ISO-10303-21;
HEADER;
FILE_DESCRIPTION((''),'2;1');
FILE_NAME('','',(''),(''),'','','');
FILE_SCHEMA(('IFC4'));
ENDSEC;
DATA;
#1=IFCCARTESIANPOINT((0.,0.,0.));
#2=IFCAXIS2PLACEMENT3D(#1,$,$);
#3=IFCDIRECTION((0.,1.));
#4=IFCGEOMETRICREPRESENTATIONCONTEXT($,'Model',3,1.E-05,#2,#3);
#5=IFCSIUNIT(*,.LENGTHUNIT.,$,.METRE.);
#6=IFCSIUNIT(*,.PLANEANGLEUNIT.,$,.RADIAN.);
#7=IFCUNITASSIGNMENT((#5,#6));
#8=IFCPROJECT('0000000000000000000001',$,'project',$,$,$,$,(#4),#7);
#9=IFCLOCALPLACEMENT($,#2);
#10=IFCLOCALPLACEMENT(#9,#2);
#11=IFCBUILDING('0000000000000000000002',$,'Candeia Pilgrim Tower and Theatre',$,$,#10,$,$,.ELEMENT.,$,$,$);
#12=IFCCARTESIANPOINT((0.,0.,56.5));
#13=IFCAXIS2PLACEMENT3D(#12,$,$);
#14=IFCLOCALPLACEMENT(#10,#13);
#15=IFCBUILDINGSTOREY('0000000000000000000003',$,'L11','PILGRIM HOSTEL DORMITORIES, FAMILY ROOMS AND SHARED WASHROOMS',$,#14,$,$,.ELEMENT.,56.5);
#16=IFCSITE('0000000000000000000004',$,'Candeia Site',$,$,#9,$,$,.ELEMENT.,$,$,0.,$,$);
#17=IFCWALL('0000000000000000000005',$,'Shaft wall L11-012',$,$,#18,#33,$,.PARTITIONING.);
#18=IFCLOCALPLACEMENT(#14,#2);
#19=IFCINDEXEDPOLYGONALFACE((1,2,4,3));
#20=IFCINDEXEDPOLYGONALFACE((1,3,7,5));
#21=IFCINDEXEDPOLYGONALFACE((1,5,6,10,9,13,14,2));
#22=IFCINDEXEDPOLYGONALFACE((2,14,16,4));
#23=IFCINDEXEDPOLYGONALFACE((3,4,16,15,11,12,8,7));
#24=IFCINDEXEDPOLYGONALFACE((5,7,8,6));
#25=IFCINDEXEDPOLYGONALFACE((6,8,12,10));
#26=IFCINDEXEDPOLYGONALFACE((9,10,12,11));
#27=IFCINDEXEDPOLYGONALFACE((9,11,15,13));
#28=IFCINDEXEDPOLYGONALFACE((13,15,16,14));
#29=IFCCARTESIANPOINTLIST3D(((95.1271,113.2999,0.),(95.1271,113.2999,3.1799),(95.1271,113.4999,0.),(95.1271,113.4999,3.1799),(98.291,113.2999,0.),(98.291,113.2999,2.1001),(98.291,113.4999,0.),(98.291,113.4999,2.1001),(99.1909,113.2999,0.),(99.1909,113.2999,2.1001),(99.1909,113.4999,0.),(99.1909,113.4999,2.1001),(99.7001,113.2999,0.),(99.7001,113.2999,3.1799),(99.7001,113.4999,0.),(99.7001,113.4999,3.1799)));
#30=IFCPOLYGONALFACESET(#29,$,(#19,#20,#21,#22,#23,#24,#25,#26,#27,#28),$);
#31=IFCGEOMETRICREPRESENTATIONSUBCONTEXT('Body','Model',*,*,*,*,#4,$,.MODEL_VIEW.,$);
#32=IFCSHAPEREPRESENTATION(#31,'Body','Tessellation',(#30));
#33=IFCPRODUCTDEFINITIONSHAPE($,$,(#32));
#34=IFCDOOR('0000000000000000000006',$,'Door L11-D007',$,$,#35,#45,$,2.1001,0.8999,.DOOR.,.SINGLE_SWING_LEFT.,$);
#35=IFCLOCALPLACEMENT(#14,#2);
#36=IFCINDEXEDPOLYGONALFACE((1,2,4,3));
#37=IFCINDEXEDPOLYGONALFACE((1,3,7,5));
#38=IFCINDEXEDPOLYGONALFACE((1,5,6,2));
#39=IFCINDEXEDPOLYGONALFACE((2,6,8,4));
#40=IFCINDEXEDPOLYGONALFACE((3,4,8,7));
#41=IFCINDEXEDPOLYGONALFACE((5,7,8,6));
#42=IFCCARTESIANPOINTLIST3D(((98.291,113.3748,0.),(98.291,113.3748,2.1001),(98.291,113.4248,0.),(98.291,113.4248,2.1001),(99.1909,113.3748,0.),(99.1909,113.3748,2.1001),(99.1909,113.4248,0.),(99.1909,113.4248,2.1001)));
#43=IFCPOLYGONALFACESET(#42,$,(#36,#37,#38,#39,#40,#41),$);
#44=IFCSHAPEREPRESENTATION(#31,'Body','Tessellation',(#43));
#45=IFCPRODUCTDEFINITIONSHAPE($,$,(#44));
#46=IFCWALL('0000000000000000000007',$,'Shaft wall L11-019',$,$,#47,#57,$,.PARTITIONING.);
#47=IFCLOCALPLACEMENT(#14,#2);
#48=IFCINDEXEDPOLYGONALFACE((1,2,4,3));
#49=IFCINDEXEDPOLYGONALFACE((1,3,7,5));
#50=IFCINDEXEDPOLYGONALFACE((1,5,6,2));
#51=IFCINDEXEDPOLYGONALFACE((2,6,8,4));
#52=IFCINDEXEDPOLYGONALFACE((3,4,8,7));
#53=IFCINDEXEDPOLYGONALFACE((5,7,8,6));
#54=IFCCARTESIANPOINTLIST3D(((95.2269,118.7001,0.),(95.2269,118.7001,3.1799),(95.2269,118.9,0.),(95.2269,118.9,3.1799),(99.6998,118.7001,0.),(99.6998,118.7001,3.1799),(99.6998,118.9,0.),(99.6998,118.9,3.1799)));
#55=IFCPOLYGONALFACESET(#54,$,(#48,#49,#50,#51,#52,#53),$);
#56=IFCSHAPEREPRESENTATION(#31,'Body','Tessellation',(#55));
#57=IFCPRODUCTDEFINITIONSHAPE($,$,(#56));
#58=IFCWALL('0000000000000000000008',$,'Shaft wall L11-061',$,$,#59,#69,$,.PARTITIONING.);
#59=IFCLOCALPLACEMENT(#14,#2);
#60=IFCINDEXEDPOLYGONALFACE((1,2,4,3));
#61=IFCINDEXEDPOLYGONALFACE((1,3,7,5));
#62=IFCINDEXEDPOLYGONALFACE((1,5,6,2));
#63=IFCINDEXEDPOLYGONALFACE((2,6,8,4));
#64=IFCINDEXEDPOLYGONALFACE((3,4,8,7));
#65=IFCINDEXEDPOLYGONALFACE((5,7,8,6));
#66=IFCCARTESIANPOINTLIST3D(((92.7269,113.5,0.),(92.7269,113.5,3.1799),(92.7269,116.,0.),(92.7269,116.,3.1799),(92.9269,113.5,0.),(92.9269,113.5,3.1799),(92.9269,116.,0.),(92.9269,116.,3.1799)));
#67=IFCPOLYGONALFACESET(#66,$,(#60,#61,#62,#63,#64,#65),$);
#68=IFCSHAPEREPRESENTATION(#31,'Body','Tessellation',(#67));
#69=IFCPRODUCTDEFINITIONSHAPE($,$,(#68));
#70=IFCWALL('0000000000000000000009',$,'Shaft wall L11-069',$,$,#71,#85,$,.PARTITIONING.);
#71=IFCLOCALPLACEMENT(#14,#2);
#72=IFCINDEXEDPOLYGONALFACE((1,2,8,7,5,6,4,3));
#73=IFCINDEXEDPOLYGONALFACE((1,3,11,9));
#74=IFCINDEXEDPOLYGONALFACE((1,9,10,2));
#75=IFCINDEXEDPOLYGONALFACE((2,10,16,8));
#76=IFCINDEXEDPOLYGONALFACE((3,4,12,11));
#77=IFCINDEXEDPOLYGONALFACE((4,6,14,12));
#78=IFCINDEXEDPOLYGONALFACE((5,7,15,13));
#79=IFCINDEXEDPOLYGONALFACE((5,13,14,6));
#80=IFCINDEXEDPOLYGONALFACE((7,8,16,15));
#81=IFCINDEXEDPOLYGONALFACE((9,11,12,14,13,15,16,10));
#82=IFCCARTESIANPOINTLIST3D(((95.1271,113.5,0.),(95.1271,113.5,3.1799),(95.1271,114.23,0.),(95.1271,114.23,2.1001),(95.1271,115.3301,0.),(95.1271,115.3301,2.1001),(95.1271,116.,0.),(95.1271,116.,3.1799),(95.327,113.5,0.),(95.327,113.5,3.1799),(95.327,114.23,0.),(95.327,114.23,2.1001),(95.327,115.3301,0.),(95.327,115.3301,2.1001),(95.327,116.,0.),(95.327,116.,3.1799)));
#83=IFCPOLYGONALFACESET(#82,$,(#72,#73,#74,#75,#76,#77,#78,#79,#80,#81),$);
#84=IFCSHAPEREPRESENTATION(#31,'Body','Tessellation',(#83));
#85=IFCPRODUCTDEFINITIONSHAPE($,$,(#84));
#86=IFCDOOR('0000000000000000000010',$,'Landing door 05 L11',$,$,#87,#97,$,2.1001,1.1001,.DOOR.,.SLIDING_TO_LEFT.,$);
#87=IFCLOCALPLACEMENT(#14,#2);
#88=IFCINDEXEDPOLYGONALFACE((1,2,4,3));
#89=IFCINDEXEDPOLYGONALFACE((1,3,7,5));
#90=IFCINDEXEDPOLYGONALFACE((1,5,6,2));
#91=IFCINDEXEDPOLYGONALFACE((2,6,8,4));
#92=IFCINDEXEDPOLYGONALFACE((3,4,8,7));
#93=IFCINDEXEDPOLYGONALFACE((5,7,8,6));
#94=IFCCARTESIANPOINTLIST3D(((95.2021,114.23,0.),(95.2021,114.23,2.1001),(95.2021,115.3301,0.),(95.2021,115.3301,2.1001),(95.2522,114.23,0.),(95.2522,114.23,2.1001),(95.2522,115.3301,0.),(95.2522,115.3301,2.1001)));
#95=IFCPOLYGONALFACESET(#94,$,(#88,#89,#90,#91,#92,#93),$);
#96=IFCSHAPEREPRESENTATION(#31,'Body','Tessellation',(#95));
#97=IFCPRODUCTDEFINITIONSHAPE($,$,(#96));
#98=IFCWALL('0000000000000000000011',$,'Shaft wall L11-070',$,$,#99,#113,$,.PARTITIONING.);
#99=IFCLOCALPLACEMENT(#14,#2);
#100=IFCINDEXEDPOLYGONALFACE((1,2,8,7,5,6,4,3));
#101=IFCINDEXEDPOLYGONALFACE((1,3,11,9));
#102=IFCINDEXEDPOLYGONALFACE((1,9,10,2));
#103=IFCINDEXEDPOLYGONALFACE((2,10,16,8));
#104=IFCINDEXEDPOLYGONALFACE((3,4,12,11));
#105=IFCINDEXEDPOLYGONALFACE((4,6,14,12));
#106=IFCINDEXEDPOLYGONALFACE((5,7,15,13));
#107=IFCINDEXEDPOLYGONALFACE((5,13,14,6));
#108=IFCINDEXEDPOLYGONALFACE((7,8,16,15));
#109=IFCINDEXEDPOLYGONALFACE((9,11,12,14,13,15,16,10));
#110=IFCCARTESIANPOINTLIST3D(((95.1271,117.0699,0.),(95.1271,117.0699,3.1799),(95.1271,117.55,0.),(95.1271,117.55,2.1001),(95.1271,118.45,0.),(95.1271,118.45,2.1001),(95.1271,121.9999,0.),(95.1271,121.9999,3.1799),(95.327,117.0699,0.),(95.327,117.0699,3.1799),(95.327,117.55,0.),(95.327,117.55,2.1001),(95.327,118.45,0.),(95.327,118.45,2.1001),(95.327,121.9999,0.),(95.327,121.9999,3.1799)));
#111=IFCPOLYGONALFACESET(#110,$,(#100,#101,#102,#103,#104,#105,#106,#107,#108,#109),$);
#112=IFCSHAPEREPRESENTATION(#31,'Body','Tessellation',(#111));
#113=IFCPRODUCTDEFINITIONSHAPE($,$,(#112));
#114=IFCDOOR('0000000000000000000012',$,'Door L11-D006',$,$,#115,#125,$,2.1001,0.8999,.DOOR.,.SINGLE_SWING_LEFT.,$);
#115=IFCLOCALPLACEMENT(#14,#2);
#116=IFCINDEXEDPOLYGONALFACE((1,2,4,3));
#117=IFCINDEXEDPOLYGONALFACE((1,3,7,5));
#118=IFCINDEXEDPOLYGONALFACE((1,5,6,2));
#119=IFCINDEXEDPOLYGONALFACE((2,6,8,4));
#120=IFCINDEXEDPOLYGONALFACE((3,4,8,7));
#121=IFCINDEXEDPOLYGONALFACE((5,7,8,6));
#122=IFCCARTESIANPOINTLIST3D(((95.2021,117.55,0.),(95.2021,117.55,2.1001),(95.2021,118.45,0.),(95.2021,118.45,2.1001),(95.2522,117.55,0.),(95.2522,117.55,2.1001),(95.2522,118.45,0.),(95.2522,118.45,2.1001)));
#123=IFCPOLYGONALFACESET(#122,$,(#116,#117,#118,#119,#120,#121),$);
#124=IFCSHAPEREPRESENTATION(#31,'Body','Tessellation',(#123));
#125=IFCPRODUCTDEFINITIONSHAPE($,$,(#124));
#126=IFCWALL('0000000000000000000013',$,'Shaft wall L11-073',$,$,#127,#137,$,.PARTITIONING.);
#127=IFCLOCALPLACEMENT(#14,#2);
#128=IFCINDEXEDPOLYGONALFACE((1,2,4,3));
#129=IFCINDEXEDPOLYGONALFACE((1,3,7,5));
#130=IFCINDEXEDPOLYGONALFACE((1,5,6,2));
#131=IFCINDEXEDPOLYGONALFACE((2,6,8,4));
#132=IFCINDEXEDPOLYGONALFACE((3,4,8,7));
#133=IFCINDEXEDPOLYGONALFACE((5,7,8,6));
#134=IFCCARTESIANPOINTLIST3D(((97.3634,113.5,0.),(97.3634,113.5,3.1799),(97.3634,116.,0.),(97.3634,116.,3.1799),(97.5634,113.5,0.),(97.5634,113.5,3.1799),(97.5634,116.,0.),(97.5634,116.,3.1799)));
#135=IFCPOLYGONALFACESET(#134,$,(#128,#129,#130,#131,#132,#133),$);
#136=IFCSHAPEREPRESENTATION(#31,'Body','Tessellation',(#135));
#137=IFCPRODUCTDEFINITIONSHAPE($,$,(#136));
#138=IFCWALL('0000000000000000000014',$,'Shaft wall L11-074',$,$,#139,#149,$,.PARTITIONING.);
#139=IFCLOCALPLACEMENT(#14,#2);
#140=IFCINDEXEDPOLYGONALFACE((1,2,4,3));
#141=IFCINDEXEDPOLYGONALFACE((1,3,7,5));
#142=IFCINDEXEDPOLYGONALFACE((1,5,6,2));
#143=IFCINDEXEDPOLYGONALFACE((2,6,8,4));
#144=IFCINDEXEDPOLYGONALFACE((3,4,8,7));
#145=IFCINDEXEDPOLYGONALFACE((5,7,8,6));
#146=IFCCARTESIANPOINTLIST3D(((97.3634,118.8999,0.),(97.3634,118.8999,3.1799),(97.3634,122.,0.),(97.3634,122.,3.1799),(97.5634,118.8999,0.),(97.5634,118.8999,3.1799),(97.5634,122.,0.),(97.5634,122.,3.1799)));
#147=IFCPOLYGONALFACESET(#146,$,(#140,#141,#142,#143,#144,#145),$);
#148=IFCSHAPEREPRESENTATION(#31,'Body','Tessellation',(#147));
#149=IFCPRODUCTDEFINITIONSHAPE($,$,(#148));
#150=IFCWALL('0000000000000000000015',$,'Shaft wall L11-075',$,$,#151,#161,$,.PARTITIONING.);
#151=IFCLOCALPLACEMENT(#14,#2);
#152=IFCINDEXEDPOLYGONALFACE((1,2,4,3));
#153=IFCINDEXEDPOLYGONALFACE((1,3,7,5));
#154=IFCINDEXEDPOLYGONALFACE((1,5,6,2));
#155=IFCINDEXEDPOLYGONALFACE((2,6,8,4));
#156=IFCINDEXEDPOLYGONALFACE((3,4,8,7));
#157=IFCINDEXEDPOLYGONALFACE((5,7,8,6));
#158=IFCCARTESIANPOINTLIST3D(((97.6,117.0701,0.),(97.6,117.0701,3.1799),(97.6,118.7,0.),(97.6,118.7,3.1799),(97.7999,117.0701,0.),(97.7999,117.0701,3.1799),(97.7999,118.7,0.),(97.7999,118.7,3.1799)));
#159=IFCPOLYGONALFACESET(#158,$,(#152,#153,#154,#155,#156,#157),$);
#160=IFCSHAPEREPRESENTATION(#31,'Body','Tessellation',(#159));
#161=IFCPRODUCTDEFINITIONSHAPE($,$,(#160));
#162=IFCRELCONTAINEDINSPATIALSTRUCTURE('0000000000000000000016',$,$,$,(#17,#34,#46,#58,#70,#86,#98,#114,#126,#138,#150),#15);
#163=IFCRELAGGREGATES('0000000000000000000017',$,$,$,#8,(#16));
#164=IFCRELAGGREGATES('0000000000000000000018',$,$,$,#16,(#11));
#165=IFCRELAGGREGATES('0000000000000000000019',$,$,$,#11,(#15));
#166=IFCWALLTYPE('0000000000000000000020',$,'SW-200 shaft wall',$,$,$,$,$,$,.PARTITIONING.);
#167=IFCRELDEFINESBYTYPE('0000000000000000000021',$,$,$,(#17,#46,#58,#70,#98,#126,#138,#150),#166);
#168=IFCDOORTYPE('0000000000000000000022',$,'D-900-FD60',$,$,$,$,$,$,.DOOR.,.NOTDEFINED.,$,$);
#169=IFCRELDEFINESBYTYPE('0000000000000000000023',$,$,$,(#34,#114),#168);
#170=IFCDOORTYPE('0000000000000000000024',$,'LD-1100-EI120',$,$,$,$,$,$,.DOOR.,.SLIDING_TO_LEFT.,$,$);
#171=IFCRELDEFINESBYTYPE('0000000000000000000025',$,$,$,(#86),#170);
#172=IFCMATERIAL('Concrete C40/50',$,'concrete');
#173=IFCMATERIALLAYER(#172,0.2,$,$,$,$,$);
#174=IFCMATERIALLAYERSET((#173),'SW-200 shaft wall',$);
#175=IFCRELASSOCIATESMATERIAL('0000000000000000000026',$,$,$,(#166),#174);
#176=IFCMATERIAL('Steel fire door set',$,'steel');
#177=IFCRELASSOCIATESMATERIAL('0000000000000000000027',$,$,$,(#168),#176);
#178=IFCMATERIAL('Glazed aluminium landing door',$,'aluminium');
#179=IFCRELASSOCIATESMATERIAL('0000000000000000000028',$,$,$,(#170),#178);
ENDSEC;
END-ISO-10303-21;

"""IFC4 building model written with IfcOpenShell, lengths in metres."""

from ifc_helpers import new_model, si_unit, direction, frame, frame_2d, origin, place, context, subcontext, project, spatial, rectangle, extrude, material, layer, layer_set, type_object, element, fill, save


model = new_model("IFC4")

# Units and contexts
model_context = context("Model", 3, precision=1e-05, world=origin(), true_north=direction((0.0, 1.0)))
body_context = subcontext(model_context, "Body", "Model", "MODEL_VIEW")
ifc_project = project(units=[si_unit("LENGTHUNIT", "METRE"), si_unit("PLANEANGLEUNIT", "RADIAN")], contexts=[model_context])

# Site, building, storey
site_placement = place(None, origin())
site = spatial("IfcSite", under=ifc_project, at=site_placement, Name="Candeia Site", CompositionType="ELEMENT", RefElevation=0.0)
building_placement = place(site_placement, origin())
building = spatial("IfcBuilding", under=site, at=building_placement, Name="Candeia Pilgrim Tower and Theatre", CompositionType="ELEMENT")
storey_placement = place(building_placement, frame((0.0, 0.0, 56.5)))
storey = spatial("IfcBuildingStorey", under=building, at=storey_placement, Name="L11", Description="PILGRIM HOSTEL DORMITORIES, FAMILY ROOMS AND SHARED WASHROOMS", CompositionType="ELEMENT", Elevation=56.5)

# Shared definitions
ifc_material_1 = material(Name="Steel fire door set", Category="steel")

# Wall, opening, door
ifc_material_2 = material(Name="Concrete C40/50", Category="concrete")
ifc_layer_1 = layer(ifc_material_2, 0.2)
ifc_layer_set_1 = layer_set([ifc_layer_1], Name="SW-200 shaft wall")
wall_type_1 = type_object("IfcWallType", Name="SW-200 shaft wall", PredefinedType="PARTITIONING", material=ifc_layer_set_1)
wall_1_placement = place(storey_placement, frame((95.127, 113.3999, 0.0), z_axis=(0.0, 0.0, 1.0), x_axis=(1.0, 0.0, 0.0)))
wall_1 = element("IfcWall", 1, at=wall_1_placement, inside=storey, type_object=wall_type_1, Name="Shaft wall L11-012", PredefinedType="PARTITIONING", context=body_context, shape_type="SweptSolid", body=[
    extrude(rectangle(XDim=4.573, YDim=0.2, at=frame_2d((2.2866, 0.0))), origin(), (0.0, 0.0, 1.0), 3.1799),
])
opening_1_placement = place(wall_1_placement, frame((3.1641, 0.0, 0.0)))
opening_1 = element("IfcOpeningElement", 2, at=opening_1_placement, cuts=wall_1, PredefinedType="OPENING", context=body_context, shape_type="SweptSolid", body=[
    extrude(rectangle(XDim=0.8999, YDim=2.1001, at=frame_2d((0.45, 1.05))), frame((0.0, 0.1099, 0.0), z_axis=(0.0, -1.0, 0.0), x_axis=(1.0, 0.0, 0.0)), (0.0, 0.0, 1.0), 0.22),
])
door_type_1 = type_object("IfcDoorType", Name="D-900-FD60", OperationType="NOTDEFINED", PredefinedType="DOOR", material=ifc_material_1)
door_1_placement = place(opening_1_placement, origin())
door_1 = element("IfcDoor", 3, at=door_1_placement, inside=storey, type_object=door_type_1, Name="Door L11-D007", OperationType="SINGLE_SWING_LEFT", OverallHeight=2.1001, OverallWidth=0.8999, PredefinedType="DOOR", context=body_context, shape_type="SweptSolid", body=[
    extrude(rectangle(XDim=0.8999, YDim=2.1001, at=frame_2d((0.45, 1.05))), frame((0.0, 0.0249, 0.0), z_axis=(0.0, -1.0, 0.0), x_axis=(1.0, 0.0, 0.0)), (0.0, 0.0, 1.0), 0.05),
])
fill(opening_1, door_1)

# Walls
wall_2_placement = place(storey_placement, frame((95.2271, 118.8, 0.0), z_axis=(0.0, 0.0, 1.0), x_axis=(1.0, 0.0, 0.0)))
element("IfcWall", 4, at=wall_2_placement, inside=storey, type_object=wall_type_1, Name="Shaft wall L11-019", PredefinedType="PARTITIONING", context=body_context, shape_type="SweptSolid", body=[
    extrude(rectangle(XDim=4.4729, YDim=0.2, at=frame_2d((2.2363, 0.0))), origin(), (0.0, 0.0, 1.0), 3.1799),
])
wall_3_placement = place(storey_placement, frame((92.8269, 113.5, 0.0), z_axis=(0.0, 0.0, 1.0), x_axis=(0.0, 1.0, 0.0)))
element("IfcWall", 5, at=wall_3_placement, inside=storey, type_object=wall_type_1, Name="Shaft wall L11-061", PredefinedType="PARTITIONING", context=body_context, shape_type="SweptSolid", body=[
    extrude(rectangle(XDim=2.5, YDim=0.2, at=frame_2d((1.25, 0.0))), origin(), (0.0, 0.0, 1.0), 3.1799),
])

# Walls, openings, doors
wall_4_placement = place(storey_placement, frame((95.2271, 113.5, 0.0), z_axis=(0.0, 0.0, 1.0), x_axis=(0.0, 1.0, 0.0)))
wall_4 = element("IfcWall", 6, at=wall_4_placement, inside=storey, type_object=wall_type_1, Name="Shaft wall L11-069", PredefinedType="PARTITIONING", context=body_context, shape_type="SweptSolid", body=[
    extrude(rectangle(XDim=2.5, YDim=0.2, at=frame_2d((1.25, 0.0))), origin(), (0.0, 0.0, 1.0), 3.1799),
])
opening_2_placement = place(wall_4_placement, frame((0.73, 0.0, 0.0)))
opening_2 = element("IfcOpeningElement", 7, at=opening_2_placement, cuts=wall_4, PredefinedType="OPENING", context=body_context, shape_type="SweptSolid", body=[
    extrude(rectangle(XDim=1.1001, YDim=2.1001, at=frame_2d((0.55, 1.05))), frame((0.0, 0.1099, 0.0), z_axis=(0.0, -1.0, 0.0), x_axis=(1.0, 0.0, 0.0)), (0.0, 0.0, 1.0), 0.22),
])
ifc_material_3 = material(Name="Glazed aluminium landing door", Category="aluminium")
door_type_2 = type_object("IfcDoorType", Name="LD-1100-EI120", OperationType="SLIDING_TO_LEFT", PredefinedType="DOOR", material=ifc_material_3)
door_2_placement = place(opening_2_placement, origin())
door_2 = element("IfcDoor", 8, at=door_2_placement, inside=storey, type_object=door_type_2, Name="Landing door 05 L11", OperationType="SLIDING_TO_LEFT", OverallHeight=2.1001, OverallWidth=1.1001, PredefinedType="DOOR", context=body_context, shape_type="SweptSolid", body=[
    extrude(rectangle(XDim=1.1001, YDim=2.1001, at=frame_2d((0.55, 1.05))), frame((0.0, 0.0249, 0.0), z_axis=(0.0, -1.0, 0.0), x_axis=(1.0, 0.0, 0.0)), (0.0, 0.0, 1.0), 0.05),
])
fill(opening_2, door_2)
wall_5_placement = place(storey_placement, frame((95.2271, 117.0701, 0.0), z_axis=(0.0, 0.0, 1.0), x_axis=(0.0, 1.0, 0.0)))
wall_5 = element("IfcWall", 9, at=wall_5_placement, inside=storey, type_object=wall_type_1, Name="Shaft wall L11-070", PredefinedType="PARTITIONING", context=body_context, shape_type="SweptSolid", body=[
    extrude(rectangle(XDim=4.9299, YDim=0.2, at=frame_2d((2.4648, 0.0))), origin(), (0.0, 0.0, 1.0), 3.1799),
])
opening_3_placement = place(wall_5_placement, frame((0.48, 0.0, 0.0)))
opening_3 = element("IfcOpeningElement", 10, at=opening_3_placement, cuts=wall_5, PredefinedType="OPENING", context=body_context, shape_type="SweptSolid", body=[
    extrude(rectangle(XDim=0.8999, YDim=2.1001, at=frame_2d((0.45, 1.05))), frame((0.0, 0.1099, 0.0), z_axis=(0.0, -1.0, 0.0), x_axis=(1.0, 0.0, 0.0)), (0.0, 0.0, 1.0), 0.22),
])
door_3_placement = place(opening_3_placement, origin())
door_3 = element("IfcDoor", 11, at=door_3_placement, inside=storey, type_object=door_type_1, Name="Door L11-D006", OperationType="SINGLE_SWING_LEFT", OverallHeight=2.1001, OverallWidth=0.8999, PredefinedType="DOOR", context=body_context, shape_type="SweptSolid", body=[
    extrude(rectangle(XDim=0.8999, YDim=2.1001, at=frame_2d((0.45, 1.05))), frame((0.0, 0.0249, 0.0), z_axis=(0.0, -1.0, 0.0), x_axis=(1.0, 0.0, 0.0)), (0.0, 0.0, 1.0), 0.05),
])
fill(opening_3, door_3)

# Walls
wall_6_placement = place(storey_placement, frame((97.4634, 113.5, 0.0), z_axis=(0.0, 0.0, 1.0), x_axis=(0.0, 1.0, 0.0)))
element("IfcWall", 12, at=wall_6_placement, inside=storey, type_object=wall_type_1, Name="Shaft wall L11-073", PredefinedType="PARTITIONING", context=body_context, shape_type="SweptSolid", body=[
    extrude(rectangle(XDim=2.5, YDim=0.2, at=frame_2d((1.25, 0.0))), origin(), (0.0, 0.0, 1.0), 3.1799),
])
wall_7_placement = place(storey_placement, frame((97.4634, 118.8999, 0.0), z_axis=(0.0, 0.0, 1.0), x_axis=(0.0, 1.0, 0.0)))
element("IfcWall", 13, at=wall_7_placement, inside=storey, type_object=wall_type_1, Name="Shaft wall L11-074", PredefinedType="PARTITIONING", context=body_context, shape_type="SweptSolid", body=[
    extrude(rectangle(XDim=3.1001, YDim=0.2, at=frame_2d((1.55, 0.0))), origin(), (0.0, 0.0, 1.0), 3.1799),
])
wall_8_placement = place(storey_placement, frame((97.7, 117.0701, 0.0), z_axis=(0.0, 0.0, 1.0), x_axis=(0.0, 1.0, 0.0)))
element("IfcWall", 14, at=wall_8_placement, inside=storey, type_object=wall_type_1, Name="Shaft wall L11-075", PredefinedType="PARTITIONING", context=body_context, shape_type="SweptSolid", body=[
    extrude(rectangle(XDim=1.6299, YDim=0.2, at=frame_2d((0.8149, 0.0))), origin(), (0.0, 0.0, 1.0), 3.1799),
])

save(model, "model.ifc")
